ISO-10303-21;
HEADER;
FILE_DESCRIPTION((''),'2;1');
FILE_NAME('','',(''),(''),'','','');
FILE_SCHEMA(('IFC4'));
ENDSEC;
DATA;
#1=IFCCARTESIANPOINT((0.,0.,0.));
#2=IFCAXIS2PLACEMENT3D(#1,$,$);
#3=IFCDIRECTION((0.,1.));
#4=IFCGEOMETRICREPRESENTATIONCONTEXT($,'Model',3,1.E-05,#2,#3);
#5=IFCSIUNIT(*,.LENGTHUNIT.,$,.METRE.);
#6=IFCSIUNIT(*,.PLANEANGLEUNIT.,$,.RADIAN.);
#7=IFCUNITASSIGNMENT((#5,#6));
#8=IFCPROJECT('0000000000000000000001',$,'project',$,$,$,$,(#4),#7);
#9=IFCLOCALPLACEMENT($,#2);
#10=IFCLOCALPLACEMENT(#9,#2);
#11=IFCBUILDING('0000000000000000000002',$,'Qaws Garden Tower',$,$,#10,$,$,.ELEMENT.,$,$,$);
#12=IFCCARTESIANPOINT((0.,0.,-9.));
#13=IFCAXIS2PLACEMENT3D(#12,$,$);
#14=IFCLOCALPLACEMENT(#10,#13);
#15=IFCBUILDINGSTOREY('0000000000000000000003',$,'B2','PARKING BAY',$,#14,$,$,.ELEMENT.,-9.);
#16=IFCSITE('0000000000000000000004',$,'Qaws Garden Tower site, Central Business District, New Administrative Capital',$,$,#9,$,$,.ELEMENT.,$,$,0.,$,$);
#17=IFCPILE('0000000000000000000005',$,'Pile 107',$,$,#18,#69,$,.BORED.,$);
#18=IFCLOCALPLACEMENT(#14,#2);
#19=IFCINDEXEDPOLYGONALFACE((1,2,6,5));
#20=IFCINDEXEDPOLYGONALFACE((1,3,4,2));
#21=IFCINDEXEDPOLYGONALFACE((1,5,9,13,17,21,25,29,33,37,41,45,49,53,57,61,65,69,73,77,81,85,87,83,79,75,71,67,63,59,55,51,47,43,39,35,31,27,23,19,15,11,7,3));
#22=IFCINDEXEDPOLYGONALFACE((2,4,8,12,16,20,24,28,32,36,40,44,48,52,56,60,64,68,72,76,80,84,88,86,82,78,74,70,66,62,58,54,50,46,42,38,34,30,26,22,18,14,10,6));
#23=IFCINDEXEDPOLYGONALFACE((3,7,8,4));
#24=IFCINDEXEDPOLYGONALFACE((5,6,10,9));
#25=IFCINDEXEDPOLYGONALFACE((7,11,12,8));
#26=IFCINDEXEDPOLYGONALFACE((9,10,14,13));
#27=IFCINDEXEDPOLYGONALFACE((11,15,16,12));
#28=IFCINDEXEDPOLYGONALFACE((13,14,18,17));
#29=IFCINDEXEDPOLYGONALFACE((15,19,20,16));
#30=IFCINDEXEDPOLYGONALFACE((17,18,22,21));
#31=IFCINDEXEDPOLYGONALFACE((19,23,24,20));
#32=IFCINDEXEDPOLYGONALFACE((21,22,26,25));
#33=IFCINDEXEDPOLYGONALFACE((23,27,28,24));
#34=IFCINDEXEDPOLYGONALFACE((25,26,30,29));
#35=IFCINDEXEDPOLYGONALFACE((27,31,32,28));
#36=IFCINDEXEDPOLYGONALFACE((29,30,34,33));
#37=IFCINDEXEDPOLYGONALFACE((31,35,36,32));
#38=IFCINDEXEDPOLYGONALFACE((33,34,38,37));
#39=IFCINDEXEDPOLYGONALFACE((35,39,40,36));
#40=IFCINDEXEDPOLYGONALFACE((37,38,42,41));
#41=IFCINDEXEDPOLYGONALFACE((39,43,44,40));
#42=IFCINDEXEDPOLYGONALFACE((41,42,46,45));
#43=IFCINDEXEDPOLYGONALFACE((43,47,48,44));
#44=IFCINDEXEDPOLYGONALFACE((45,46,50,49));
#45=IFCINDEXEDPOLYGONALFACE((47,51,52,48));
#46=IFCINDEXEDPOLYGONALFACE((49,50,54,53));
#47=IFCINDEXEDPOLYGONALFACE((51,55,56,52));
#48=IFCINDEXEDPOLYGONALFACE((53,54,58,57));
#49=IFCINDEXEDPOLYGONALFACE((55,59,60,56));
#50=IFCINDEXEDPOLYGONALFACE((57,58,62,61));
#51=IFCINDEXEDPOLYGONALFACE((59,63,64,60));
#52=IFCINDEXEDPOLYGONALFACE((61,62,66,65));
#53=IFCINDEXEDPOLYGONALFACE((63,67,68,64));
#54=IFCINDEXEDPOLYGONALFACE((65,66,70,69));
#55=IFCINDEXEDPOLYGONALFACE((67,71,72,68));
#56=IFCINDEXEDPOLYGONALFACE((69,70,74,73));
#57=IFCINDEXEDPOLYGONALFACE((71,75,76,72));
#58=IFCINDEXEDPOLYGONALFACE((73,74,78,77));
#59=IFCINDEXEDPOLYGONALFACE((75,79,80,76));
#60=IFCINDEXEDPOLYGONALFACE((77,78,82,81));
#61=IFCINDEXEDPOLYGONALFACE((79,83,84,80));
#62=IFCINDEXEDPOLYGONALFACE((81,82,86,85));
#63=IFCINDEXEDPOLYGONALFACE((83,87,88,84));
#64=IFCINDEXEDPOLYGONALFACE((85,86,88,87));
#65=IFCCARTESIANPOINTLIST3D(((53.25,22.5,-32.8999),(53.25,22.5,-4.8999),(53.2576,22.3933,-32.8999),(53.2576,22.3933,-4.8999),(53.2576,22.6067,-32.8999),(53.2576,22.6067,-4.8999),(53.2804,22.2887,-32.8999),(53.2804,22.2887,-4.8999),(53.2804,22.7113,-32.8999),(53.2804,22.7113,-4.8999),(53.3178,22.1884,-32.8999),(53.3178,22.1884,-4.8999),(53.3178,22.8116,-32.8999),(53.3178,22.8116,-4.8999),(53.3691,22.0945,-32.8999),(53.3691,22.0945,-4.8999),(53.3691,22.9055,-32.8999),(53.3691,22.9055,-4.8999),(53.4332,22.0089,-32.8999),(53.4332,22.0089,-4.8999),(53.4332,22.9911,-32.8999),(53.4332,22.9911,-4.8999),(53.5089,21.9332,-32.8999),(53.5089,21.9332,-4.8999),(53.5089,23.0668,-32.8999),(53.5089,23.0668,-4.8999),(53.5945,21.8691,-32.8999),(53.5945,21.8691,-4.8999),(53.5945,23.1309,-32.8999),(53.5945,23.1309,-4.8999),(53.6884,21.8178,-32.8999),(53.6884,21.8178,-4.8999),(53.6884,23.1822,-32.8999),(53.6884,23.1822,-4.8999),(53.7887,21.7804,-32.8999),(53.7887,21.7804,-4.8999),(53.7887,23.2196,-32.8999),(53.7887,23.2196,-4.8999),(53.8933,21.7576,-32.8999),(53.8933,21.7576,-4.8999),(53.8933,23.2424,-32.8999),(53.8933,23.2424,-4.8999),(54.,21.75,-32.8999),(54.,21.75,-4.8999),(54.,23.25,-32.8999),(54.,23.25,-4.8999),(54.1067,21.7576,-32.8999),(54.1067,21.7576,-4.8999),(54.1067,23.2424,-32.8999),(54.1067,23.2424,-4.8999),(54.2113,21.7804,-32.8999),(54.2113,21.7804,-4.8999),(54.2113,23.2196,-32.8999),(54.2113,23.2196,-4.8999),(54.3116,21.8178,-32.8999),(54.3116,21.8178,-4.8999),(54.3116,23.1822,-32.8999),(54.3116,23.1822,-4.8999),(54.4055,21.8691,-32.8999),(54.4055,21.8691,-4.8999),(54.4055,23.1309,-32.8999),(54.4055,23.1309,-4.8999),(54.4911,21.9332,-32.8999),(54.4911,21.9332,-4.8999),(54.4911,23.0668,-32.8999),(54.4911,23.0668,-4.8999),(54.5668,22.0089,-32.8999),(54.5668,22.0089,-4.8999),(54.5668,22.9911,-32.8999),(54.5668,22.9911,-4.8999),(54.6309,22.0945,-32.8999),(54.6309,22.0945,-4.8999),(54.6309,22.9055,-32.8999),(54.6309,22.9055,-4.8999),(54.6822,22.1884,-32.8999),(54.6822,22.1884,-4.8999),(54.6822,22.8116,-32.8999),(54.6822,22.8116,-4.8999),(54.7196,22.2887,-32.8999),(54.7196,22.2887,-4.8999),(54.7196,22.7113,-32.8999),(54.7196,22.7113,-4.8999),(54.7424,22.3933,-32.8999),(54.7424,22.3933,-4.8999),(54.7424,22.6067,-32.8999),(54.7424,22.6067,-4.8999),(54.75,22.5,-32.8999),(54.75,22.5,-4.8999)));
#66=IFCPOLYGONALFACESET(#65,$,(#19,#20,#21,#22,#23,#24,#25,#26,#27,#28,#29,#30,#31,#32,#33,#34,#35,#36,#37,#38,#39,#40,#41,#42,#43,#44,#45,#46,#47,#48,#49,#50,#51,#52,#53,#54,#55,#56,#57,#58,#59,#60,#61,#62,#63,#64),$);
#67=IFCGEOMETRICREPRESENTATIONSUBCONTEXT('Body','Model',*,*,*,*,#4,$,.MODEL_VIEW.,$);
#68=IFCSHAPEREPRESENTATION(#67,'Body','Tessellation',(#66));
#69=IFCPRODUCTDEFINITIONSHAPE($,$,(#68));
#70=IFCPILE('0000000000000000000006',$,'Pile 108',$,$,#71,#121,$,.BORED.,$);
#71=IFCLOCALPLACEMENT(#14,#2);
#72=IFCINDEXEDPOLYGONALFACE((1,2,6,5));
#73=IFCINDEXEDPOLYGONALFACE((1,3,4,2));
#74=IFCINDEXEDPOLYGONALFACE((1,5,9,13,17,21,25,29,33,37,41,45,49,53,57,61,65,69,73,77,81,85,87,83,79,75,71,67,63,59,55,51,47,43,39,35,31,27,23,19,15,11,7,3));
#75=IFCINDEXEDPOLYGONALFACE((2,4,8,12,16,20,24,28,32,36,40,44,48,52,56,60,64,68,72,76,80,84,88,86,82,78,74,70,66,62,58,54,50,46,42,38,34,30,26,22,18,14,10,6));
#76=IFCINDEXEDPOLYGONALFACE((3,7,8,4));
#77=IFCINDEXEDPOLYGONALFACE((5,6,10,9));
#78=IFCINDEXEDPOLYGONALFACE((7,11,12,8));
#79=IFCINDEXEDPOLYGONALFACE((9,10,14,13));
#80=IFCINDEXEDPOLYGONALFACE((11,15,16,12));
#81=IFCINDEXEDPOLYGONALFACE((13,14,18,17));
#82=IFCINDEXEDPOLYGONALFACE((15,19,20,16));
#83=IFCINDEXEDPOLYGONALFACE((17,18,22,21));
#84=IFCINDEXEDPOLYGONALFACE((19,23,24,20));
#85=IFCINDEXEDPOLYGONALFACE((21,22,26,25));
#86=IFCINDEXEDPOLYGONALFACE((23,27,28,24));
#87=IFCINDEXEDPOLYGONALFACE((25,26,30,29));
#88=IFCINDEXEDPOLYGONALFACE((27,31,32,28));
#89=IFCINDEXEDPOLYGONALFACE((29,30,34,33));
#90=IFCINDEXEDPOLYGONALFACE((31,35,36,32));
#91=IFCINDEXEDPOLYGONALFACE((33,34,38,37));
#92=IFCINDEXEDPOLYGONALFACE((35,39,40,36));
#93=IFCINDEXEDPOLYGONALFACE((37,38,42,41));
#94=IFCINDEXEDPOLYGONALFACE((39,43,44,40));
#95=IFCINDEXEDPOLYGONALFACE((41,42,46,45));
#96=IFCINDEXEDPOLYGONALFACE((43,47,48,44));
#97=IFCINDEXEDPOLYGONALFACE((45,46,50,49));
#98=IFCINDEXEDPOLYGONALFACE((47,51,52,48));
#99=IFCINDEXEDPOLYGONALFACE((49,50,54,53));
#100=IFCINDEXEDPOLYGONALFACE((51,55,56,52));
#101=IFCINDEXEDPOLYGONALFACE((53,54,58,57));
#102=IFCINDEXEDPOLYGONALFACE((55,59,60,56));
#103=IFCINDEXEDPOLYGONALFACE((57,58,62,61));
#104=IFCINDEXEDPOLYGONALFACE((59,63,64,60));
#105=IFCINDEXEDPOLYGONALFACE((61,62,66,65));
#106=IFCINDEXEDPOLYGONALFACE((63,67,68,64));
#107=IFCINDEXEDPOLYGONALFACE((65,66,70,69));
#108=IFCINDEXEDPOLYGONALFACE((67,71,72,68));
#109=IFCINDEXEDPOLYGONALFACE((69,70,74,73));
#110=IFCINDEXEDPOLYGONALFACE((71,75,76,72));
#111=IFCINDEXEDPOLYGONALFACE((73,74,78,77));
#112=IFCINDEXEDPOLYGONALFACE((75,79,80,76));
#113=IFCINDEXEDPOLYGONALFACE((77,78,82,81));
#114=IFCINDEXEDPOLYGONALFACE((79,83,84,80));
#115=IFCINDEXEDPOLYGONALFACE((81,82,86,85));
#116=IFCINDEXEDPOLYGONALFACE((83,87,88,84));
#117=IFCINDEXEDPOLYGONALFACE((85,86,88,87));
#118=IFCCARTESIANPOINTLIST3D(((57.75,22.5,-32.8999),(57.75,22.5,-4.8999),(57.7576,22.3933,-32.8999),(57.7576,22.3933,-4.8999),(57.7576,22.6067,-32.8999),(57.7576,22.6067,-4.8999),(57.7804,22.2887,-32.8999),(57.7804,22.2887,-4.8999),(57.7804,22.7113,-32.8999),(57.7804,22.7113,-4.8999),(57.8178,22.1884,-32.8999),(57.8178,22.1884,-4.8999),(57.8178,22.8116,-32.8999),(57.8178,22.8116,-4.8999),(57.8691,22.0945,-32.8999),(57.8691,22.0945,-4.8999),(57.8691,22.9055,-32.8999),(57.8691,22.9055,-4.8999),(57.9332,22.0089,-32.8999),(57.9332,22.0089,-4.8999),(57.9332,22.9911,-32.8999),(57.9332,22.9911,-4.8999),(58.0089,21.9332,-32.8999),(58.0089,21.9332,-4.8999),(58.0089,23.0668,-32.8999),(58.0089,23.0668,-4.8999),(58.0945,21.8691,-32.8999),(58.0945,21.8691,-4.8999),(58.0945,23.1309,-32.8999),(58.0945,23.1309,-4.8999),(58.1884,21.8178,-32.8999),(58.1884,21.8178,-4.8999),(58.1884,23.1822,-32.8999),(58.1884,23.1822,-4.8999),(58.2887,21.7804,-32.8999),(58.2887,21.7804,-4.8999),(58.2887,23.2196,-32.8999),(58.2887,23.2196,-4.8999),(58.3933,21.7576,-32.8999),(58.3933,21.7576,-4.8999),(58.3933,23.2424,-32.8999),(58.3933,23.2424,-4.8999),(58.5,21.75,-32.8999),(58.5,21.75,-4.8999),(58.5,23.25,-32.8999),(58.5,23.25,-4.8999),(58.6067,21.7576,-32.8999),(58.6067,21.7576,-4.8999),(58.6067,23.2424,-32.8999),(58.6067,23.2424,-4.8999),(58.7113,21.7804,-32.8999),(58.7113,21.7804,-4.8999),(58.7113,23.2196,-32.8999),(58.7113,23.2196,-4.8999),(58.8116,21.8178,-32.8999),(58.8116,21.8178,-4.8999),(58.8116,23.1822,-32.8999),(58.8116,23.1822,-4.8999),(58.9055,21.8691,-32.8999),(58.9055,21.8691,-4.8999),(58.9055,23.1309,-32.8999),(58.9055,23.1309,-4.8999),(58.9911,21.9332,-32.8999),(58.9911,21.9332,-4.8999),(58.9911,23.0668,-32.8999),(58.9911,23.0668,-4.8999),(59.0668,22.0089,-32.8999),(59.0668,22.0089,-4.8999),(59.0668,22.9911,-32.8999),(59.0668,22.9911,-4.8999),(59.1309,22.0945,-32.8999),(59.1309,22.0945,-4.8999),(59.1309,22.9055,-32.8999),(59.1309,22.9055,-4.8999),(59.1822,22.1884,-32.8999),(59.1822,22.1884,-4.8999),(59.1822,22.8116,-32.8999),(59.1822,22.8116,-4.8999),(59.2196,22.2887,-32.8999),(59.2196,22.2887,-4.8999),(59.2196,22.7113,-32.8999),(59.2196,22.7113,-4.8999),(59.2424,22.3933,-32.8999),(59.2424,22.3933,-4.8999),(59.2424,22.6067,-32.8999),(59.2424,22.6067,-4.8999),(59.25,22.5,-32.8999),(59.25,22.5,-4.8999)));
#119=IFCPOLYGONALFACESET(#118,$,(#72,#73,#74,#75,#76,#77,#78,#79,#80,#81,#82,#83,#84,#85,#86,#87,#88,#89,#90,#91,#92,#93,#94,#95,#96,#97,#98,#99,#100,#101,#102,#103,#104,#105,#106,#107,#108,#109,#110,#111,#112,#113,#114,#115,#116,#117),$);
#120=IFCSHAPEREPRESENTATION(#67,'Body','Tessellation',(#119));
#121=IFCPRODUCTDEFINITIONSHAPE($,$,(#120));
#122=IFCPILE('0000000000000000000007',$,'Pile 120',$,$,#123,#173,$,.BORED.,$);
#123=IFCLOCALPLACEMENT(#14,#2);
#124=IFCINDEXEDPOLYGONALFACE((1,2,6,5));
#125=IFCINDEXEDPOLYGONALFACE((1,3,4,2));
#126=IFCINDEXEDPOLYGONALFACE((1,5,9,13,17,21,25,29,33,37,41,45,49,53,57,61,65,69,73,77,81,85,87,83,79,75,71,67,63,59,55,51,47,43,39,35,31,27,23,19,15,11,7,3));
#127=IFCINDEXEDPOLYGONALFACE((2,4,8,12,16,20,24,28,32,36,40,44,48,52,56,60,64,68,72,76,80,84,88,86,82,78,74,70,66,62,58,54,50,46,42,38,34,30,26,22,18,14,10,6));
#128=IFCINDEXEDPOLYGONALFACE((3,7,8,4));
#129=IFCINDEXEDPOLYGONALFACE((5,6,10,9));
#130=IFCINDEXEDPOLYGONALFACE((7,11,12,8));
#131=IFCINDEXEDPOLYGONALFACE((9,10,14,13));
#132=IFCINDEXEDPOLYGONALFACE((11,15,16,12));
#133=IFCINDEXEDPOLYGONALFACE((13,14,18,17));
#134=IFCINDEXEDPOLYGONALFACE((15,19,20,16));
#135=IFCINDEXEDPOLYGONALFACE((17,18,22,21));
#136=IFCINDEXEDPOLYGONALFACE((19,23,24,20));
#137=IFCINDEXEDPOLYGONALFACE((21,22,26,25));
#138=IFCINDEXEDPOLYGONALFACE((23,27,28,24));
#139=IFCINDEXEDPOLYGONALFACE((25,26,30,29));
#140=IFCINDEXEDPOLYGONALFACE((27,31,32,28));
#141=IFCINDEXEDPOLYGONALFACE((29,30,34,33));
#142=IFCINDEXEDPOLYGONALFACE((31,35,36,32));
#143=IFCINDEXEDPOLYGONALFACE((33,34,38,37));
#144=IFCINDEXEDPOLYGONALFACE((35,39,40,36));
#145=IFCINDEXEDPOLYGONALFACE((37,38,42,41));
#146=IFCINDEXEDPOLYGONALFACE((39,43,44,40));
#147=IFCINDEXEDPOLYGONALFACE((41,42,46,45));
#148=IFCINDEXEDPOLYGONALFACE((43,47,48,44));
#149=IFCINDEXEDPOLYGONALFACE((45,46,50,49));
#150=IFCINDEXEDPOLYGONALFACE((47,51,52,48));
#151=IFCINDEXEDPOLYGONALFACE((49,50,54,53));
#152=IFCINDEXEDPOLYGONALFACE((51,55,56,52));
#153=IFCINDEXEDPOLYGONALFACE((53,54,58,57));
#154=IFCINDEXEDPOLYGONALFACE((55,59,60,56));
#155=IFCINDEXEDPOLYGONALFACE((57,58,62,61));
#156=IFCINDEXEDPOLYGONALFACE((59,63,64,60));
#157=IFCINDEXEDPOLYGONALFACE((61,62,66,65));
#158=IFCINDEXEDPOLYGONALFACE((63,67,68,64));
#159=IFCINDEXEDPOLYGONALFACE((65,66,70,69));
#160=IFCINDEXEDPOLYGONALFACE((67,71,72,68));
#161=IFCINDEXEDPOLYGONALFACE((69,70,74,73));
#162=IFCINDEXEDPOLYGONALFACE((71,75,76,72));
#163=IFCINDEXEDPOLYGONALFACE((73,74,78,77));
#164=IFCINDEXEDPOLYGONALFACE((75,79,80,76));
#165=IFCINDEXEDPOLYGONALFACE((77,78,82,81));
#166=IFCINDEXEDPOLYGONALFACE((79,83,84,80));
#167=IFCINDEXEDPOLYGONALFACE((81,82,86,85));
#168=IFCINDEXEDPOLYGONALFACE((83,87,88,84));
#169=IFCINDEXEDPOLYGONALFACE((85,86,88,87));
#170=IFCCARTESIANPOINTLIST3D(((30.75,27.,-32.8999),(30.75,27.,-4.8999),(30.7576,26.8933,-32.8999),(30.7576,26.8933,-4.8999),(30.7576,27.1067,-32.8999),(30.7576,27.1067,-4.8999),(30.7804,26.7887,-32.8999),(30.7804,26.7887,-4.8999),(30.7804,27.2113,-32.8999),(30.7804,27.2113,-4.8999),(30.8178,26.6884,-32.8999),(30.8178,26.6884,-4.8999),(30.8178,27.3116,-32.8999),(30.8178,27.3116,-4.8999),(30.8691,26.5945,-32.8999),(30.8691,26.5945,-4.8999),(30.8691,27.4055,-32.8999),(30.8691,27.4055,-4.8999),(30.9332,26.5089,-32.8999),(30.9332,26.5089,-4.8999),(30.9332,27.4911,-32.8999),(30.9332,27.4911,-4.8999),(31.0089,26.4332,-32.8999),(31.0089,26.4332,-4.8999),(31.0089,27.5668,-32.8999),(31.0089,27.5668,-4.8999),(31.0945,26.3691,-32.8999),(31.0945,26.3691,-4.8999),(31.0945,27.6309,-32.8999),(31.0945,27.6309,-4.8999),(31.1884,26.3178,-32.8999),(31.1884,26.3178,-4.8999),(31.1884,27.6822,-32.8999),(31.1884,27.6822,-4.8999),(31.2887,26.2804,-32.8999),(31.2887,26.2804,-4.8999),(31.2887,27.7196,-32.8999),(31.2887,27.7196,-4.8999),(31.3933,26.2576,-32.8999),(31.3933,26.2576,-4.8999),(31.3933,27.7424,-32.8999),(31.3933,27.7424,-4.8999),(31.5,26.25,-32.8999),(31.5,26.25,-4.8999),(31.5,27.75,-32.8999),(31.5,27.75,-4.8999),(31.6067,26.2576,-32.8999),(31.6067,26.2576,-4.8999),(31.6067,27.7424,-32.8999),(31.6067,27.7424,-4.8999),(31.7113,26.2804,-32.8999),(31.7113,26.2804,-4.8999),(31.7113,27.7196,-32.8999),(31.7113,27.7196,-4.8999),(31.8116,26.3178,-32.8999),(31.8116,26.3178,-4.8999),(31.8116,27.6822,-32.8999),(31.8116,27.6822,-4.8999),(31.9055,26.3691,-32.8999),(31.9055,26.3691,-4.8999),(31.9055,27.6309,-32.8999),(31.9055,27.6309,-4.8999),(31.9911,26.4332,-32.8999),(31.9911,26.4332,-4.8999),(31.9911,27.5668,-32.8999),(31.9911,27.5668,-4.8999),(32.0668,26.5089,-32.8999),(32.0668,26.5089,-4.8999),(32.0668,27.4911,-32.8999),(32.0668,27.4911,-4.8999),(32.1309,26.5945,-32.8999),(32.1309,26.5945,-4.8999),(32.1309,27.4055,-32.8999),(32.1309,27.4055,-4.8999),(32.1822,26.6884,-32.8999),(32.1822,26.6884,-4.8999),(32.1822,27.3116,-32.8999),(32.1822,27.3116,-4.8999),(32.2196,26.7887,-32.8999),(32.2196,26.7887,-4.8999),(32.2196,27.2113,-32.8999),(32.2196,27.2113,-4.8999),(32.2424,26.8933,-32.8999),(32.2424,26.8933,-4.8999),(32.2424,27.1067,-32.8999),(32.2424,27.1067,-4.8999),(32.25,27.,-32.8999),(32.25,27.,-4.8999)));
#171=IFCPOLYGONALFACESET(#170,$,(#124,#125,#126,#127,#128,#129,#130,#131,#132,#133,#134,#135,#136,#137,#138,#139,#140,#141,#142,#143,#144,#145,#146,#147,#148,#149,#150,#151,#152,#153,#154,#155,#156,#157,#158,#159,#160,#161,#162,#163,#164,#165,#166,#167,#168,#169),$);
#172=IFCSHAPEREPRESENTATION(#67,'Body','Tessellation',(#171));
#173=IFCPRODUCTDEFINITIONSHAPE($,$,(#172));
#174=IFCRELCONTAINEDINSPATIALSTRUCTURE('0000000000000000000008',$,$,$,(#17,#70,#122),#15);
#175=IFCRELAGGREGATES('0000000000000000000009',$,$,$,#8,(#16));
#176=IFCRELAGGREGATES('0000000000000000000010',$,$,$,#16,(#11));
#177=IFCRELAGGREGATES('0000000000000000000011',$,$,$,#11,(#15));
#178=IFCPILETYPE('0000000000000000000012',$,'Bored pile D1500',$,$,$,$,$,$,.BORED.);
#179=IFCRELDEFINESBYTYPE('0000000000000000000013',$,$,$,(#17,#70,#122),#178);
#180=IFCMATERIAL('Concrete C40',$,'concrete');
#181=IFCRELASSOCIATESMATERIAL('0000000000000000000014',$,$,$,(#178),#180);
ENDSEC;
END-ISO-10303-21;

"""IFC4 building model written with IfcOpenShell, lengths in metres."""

from ifc_helpers import new_model, si_unit, direction, frame, origin, origin_2d, place, context, subcontext, project, spatial, circle, extrude, material, material_profile, profile_set, type_object, element, save


model = new_model("IFC4")

# Units and contexts
model_context = context("Model", 3, precision=1e-05, world=origin(), true_north=direction((0.0, 1.0)))
body_context = subcontext(model_context, "Body", "Model", "MODEL_VIEW")
ifc_project = project(units=[si_unit("LENGTHUNIT", "METRE"), si_unit("PLANEANGLEUNIT", "RADIAN")], contexts=[model_context])

# Site, building, storey
site_placement = place(None, origin())
site = spatial("IfcSite", under=ifc_project, at=site_placement, Name="Qaws Garden Tower site, Central Business District, New Administrative Capital", CompositionType="ELEMENT", RefElevation=0.0)
building_placement = place(site_placement, origin())
building = spatial("IfcBuilding", under=site, at=building_placement, Name="Qaws Garden Tower", CompositionType="ELEMENT")
storey_placement = place(building_placement, frame((0.0, 0.0, -9.0)))
storey = spatial("IfcBuildingStorey", under=building, at=storey_placement, Name="B2", Description="PARKING BAY", CompositionType="ELEMENT", Elevation=-9.0)

# Piles
ifc_material_1 = material(Name="Concrete C40", Category="concrete")
ifc_material_profile_1 = material_profile(ifc_material_1, circle(Radius=0.75, at=origin_2d()), Name="Bored pile D1500")
ifc_profile_set_1 = profile_set([ifc_material_profile_1], Name="Concrete C40")
pile_type = type_object("IfcPileType", Name="Bored pile D1500", PredefinedType="BORED", material=ifc_profile_set_1)
for number, where, z_axis, x_axis, name in (
    (1, (54.0, 22.5, -4.8999), (0.0, 0.0, -1.0), (1.0, 0.0, 0.0), "Pile 107"),
    (2, (58.5, 22.5, -4.8999), (0.0, 0.0, -1.0), (1.0, 0.0, 0.0), "Pile 108"),
    (3, (31.5, 27.0, -4.8999), (0.0, 0.0, -1.0), (1.0, 0.0, 0.0), "Pile 120"),
):
    element("IfcPile", number, at=place(storey_placement, frame(where, z_axis=z_axis, x_axis=x_axis)), inside=storey, type_object=pile_type, Name=name, PredefinedType="BORED", context=body_context, shape_type="SweptSolid", body=[
        extrude(circle(Radius=0.75, at=origin_2d()), origin(), (0.0, 0.0, 1.0), 28.0),
    ])

save(model, "model.ifc")
